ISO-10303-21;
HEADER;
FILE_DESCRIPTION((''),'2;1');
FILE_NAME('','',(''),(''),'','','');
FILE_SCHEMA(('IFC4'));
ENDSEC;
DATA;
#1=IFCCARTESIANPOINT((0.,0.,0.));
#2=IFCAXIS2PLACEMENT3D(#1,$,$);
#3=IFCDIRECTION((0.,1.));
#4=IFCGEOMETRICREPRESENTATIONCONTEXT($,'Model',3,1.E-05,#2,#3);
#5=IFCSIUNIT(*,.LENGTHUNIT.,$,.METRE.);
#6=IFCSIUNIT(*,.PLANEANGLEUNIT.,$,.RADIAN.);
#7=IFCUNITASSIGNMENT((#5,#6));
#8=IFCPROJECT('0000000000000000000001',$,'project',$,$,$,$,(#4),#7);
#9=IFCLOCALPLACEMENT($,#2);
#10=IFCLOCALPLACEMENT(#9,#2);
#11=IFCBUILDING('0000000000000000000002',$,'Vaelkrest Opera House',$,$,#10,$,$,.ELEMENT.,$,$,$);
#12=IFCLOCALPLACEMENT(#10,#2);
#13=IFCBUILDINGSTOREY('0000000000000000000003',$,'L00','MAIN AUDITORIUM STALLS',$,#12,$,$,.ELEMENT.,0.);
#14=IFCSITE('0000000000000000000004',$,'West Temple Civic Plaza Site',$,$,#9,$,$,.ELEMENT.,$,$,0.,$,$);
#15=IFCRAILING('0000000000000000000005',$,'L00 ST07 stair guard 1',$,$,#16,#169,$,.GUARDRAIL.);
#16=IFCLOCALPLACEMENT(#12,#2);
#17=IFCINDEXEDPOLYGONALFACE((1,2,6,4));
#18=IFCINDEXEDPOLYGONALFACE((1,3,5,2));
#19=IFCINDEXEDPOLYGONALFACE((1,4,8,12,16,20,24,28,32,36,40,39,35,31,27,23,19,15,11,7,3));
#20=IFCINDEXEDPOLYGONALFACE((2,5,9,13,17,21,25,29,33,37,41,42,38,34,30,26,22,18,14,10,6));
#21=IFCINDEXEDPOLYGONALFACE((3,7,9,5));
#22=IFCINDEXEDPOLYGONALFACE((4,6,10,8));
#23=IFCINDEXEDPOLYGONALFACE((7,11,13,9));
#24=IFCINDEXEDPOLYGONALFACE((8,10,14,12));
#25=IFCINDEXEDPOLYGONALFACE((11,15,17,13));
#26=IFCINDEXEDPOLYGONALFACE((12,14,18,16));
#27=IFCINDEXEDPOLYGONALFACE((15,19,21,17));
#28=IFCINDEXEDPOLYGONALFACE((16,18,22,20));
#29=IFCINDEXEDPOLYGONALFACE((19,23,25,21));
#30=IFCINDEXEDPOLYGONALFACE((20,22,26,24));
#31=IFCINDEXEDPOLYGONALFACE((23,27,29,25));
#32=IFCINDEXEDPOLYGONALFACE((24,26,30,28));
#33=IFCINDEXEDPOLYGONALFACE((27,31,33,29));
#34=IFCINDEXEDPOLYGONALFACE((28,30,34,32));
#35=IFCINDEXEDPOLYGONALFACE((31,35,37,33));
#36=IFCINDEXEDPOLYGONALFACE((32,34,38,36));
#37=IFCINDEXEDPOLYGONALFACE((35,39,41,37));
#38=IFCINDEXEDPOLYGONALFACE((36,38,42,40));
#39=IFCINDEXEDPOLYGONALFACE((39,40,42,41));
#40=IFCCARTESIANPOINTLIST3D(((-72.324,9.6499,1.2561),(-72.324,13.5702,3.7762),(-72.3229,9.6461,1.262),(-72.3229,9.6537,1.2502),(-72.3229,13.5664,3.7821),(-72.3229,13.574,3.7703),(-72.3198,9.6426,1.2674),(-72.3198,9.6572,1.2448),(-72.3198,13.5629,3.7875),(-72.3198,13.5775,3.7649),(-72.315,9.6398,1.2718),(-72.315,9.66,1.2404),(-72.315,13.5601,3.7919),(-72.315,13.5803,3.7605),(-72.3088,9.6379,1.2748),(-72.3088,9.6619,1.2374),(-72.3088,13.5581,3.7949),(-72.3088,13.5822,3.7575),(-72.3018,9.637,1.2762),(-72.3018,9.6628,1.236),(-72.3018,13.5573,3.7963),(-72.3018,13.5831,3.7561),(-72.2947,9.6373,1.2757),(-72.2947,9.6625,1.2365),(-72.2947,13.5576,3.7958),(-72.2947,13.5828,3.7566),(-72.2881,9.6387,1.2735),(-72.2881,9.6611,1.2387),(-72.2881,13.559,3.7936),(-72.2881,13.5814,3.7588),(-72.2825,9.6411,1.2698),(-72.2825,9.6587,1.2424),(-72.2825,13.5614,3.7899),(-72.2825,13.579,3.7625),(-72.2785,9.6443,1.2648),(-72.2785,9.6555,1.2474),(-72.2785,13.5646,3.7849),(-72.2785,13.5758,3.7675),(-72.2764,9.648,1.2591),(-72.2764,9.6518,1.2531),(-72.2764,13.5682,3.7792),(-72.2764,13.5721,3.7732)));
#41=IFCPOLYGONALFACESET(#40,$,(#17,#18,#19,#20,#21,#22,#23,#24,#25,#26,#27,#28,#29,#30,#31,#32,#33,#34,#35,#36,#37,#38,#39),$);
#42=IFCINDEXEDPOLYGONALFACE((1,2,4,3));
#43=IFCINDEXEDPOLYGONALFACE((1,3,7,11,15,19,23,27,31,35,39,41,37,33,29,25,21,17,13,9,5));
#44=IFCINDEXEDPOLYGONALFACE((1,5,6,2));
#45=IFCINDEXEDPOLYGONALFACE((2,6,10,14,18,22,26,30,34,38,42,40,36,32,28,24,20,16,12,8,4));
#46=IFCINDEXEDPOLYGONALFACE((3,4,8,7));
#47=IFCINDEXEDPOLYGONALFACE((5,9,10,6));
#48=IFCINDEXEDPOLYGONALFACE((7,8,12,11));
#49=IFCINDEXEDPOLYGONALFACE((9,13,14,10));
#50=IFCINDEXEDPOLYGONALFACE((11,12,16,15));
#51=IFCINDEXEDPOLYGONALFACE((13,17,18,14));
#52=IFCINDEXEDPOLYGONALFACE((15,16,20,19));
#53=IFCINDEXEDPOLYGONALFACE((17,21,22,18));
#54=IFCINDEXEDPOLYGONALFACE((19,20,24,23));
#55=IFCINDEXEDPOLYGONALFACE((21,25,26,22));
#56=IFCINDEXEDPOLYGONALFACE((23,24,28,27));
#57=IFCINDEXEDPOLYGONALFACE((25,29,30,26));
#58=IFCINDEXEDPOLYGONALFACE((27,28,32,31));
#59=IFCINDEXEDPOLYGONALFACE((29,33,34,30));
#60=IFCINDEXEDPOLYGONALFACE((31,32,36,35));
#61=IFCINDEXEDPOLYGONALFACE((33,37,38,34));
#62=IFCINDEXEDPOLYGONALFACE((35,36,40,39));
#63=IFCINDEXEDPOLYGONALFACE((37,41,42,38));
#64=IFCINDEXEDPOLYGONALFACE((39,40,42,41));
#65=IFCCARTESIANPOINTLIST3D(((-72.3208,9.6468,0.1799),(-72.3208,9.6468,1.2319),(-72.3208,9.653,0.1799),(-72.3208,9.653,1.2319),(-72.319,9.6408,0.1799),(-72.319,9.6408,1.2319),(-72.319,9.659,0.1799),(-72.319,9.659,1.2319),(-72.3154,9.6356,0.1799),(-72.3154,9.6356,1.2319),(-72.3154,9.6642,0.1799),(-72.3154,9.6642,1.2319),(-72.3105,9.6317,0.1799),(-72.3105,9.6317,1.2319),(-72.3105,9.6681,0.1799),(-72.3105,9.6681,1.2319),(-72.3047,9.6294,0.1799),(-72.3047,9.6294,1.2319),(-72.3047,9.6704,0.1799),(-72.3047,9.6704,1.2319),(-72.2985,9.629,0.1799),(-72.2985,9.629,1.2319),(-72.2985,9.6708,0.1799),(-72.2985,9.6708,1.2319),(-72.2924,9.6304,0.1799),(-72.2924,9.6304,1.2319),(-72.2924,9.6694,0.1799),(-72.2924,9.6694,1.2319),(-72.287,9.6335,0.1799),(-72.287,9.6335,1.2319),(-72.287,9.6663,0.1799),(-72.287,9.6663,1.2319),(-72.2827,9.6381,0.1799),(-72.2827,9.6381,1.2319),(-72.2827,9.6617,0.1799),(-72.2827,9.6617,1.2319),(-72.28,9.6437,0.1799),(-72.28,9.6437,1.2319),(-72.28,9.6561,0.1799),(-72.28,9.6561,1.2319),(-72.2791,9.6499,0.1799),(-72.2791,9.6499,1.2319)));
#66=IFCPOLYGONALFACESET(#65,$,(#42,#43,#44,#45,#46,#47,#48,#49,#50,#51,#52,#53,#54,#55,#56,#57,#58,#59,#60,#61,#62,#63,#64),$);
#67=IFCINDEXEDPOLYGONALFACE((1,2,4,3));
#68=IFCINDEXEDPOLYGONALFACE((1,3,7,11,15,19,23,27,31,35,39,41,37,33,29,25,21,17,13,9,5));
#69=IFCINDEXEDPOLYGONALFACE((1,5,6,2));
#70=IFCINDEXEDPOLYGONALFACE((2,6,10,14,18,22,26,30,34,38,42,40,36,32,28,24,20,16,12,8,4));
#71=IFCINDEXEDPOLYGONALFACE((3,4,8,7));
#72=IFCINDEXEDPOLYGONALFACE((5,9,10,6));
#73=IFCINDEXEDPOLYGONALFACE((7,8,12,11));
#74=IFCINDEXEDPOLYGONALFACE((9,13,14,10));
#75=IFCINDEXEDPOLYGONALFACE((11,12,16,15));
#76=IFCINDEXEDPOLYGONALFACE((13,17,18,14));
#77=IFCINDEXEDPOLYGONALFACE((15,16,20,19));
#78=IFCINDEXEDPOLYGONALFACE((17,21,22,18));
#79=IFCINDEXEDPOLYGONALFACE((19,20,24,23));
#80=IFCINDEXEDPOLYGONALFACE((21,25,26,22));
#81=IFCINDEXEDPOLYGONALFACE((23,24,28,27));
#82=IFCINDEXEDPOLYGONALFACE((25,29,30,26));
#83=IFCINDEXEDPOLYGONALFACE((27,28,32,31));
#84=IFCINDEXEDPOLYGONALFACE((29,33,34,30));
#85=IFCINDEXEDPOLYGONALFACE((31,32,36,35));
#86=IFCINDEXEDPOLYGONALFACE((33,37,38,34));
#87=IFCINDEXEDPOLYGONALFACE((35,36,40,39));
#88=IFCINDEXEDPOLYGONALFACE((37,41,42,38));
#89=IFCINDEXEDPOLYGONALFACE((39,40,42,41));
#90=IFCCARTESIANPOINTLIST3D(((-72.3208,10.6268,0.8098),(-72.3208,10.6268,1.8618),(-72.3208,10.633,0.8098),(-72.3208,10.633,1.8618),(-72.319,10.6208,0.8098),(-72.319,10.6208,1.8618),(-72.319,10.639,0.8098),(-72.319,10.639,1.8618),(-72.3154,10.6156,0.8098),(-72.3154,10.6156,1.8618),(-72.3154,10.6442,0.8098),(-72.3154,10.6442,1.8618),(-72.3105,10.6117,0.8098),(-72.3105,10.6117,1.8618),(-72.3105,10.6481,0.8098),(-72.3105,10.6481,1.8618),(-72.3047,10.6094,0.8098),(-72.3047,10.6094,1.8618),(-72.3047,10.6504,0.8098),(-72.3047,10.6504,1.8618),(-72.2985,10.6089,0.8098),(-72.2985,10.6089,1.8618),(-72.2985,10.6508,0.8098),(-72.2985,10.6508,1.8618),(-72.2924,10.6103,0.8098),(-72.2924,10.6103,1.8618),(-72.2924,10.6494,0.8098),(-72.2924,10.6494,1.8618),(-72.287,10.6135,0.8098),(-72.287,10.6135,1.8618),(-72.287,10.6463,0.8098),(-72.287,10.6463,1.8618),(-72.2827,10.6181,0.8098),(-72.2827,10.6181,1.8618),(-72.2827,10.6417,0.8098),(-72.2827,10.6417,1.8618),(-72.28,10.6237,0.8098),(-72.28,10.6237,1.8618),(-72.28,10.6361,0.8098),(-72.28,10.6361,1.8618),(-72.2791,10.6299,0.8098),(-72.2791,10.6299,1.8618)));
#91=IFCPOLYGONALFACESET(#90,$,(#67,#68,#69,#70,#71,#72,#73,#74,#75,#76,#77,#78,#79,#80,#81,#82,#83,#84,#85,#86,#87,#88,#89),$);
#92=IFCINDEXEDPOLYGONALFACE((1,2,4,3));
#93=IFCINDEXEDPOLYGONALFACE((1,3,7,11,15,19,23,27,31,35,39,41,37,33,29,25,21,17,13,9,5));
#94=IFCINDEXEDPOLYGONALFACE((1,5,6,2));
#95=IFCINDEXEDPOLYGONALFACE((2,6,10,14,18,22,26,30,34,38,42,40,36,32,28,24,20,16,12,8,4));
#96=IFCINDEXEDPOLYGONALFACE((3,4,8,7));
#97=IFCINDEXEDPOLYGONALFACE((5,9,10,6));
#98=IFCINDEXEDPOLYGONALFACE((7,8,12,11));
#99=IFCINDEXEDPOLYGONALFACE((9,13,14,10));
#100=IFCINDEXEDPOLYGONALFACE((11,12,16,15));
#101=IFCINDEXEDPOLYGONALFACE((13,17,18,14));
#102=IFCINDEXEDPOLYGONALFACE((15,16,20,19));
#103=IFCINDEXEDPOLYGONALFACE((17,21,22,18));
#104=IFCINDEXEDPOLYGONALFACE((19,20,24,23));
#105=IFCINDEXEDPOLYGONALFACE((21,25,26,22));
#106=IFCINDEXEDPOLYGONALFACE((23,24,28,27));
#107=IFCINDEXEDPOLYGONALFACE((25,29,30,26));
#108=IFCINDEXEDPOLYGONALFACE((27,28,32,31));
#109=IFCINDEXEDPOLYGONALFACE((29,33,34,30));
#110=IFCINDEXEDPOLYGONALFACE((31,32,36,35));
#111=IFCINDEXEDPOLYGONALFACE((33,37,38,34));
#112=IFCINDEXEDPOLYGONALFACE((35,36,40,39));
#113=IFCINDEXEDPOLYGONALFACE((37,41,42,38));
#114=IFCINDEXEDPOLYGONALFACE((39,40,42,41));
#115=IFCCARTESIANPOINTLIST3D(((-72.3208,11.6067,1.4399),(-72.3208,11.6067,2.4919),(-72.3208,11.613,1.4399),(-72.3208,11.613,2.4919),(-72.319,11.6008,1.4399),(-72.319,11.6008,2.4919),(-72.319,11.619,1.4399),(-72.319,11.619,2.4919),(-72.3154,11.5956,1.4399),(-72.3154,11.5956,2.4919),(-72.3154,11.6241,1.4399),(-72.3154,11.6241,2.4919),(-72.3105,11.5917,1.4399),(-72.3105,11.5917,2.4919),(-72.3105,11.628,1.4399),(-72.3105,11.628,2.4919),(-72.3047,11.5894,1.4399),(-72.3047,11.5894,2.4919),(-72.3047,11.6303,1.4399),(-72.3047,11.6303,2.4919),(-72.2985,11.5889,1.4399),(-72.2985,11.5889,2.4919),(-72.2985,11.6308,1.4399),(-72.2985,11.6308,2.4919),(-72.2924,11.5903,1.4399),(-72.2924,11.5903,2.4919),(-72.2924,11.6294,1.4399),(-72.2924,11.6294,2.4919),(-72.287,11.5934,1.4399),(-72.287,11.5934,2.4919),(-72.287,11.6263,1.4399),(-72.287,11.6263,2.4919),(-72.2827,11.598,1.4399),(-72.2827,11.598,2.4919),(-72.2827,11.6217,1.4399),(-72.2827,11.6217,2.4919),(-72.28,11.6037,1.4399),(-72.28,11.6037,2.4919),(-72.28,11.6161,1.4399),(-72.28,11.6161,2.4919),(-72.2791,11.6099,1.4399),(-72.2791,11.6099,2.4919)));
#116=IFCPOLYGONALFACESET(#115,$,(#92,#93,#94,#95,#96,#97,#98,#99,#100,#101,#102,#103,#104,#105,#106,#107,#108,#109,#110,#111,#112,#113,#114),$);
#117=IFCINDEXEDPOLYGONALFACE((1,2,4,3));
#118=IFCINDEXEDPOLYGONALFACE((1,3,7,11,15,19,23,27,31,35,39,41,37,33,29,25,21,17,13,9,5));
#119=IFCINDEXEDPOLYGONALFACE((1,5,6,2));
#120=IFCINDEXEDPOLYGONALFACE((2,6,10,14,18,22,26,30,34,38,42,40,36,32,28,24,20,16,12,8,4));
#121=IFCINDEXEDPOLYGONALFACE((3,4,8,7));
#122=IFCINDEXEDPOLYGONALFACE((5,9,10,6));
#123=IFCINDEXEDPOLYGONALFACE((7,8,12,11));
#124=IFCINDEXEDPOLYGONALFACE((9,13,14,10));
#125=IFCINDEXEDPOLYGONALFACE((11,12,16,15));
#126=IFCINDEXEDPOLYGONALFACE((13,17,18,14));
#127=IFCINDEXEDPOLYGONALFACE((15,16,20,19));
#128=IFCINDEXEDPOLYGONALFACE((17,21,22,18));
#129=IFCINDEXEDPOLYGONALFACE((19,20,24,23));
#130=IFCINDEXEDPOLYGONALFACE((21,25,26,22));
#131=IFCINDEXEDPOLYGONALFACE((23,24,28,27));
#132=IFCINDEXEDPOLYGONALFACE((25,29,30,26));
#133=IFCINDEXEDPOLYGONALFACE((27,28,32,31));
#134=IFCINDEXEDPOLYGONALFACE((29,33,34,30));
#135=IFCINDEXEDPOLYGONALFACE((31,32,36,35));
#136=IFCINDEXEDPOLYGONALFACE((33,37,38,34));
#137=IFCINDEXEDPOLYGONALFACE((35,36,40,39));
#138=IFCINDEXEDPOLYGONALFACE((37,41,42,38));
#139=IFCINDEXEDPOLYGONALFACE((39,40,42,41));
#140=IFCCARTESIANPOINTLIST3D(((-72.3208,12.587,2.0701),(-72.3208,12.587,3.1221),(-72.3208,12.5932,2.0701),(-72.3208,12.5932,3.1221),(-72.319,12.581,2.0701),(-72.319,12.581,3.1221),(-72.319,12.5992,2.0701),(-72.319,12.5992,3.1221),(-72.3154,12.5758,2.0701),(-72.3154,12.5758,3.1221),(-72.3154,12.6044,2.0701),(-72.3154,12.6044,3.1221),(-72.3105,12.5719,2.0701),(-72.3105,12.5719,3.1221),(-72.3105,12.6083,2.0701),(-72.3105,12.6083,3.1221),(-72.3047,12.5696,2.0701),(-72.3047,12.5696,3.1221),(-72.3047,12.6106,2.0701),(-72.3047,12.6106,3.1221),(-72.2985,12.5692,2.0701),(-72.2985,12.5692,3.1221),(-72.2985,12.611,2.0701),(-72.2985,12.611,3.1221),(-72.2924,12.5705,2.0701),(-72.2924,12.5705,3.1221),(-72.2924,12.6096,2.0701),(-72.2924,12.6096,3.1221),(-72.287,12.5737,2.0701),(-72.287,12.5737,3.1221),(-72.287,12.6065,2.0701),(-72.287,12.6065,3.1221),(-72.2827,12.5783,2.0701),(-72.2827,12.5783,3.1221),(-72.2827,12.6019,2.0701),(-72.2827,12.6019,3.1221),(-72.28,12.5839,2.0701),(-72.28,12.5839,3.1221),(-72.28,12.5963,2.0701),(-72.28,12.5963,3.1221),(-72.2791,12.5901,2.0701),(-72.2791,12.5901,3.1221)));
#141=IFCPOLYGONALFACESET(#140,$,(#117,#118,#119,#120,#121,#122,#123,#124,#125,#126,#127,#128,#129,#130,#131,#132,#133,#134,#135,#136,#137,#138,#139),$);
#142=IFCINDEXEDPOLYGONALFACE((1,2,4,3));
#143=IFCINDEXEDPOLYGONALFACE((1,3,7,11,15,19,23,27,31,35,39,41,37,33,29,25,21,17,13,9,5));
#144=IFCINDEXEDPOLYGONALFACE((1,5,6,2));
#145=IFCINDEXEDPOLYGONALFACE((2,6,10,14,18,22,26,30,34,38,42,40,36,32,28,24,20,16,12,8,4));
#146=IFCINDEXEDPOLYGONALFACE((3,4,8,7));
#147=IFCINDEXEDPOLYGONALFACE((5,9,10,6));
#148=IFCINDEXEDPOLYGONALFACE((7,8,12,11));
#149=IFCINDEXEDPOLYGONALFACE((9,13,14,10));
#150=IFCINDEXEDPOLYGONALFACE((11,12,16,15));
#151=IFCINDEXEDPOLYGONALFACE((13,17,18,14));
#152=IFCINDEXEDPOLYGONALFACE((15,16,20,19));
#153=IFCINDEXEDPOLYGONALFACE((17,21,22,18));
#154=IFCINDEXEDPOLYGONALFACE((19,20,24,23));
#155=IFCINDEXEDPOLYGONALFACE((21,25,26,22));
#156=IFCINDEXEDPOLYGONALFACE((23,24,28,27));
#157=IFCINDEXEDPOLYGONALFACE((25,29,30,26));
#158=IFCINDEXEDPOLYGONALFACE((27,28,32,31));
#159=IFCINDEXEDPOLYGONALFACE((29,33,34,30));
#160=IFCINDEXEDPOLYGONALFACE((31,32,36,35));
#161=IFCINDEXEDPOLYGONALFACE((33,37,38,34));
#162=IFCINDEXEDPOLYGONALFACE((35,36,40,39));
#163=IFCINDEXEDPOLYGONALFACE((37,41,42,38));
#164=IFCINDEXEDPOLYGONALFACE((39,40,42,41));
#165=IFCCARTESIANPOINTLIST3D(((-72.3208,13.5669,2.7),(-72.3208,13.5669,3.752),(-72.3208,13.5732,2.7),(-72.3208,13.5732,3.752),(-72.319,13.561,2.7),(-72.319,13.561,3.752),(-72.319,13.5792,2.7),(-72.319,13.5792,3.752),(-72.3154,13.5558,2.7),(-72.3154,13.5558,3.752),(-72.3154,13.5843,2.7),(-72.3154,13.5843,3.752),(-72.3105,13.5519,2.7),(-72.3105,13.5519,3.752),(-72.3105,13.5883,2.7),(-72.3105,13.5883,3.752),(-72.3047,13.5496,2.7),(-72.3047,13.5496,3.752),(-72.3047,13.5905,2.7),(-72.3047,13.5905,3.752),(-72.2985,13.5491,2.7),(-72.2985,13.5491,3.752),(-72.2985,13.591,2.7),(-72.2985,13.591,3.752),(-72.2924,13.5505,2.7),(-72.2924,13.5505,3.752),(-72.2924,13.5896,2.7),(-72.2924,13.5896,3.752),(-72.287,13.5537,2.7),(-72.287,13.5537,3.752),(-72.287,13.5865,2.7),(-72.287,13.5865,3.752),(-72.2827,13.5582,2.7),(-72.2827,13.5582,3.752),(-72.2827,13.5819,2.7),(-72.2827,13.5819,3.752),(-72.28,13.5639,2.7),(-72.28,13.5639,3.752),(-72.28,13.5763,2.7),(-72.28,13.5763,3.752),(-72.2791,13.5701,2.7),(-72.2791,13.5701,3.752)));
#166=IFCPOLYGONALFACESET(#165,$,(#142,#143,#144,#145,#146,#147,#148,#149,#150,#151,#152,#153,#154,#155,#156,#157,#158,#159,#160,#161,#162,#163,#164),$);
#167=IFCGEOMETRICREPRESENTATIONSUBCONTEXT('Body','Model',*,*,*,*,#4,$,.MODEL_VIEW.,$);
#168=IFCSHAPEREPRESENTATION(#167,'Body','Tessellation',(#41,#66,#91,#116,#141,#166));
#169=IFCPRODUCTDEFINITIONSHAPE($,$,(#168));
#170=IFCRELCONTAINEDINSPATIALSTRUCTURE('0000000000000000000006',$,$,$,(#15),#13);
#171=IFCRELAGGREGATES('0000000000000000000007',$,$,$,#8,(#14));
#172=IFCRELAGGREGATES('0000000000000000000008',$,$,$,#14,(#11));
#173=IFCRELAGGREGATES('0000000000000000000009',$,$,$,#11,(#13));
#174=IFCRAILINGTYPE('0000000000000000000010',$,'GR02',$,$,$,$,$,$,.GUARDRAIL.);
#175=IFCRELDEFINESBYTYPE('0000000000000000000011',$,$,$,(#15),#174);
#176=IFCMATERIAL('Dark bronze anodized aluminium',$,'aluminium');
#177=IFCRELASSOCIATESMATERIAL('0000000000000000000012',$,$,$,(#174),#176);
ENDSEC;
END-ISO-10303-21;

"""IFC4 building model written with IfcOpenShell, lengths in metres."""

from ifc_helpers import new_model, si_unit, direction, frame, origin, origin_2d, place, context, subcontext, project, spatial, circle, extrude, material, type_object, element, save


model = new_model("IFC4")

# Units and contexts
model_context = context("Model", 3, precision=1e-05, world=origin(), true_north=direction((0.0, 1.0)))
body_context = subcontext(model_context, "Body", "Model", "MODEL_VIEW")
ifc_project = project(units=[si_unit("LENGTHUNIT", "METRE"), si_unit("PLANEANGLEUNIT", "RADIAN")], contexts=[model_context])

# Site, building, storey
site_placement = place(None, origin())
site = spatial("IfcSite", under=ifc_project, at=site_placement, Name="West Temple Civic Plaza Site", CompositionType="ELEMENT", RefElevation=0.0)
building_placement = place(site_placement, origin())
building = spatial("IfcBuilding", under=site, at=building_placement, Name="Vaelkrest Opera House", CompositionType="ELEMENT")
storey_placement = place(building_placement, origin())
storey = spatial("IfcBuildingStorey", under=building, at=storey_placement, Name="L00", Description="MAIN AUDITORIUM STALLS", CompositionType="ELEMENT", Elevation=0.0)

# Shared definitions
ifc_material_1 = material(Name="Dark bronze anodized aluminium", Category="aluminium")

# Railing
railing_type_1 = type_object("IfcRailingType", Name="GR02", PredefinedType="GUARDRAIL", material=ifc_material_1)
railing_1_placement = place(storey_placement, frame((-72.3, 9.6499, 0.1799)))
element("IfcRailing", 1, at=railing_1_placement, inside=storey, type_object=railing_type_1, Name="L00 ST07 stair guard 1", PredefinedType="GUARDRAIL", context=body_context, shape_type="SweptSolid", body=[
    extrude(circle(Radius=0.0239, at=origin_2d()), frame((0.0, 0.0, 1.0762), z_axis=(0.0, 0.841187, 0.540744), x_axis=(-1.0, 0.0, 0.0)), (0.0, 0.0, 1.0), 4.6604),
    extrude(circle(Radius=0.021, at=origin_2d()), origin(), (0.0, 0.0, 1.0), 1.052),
    extrude(circle(Radius=0.021, at=origin_2d()), frame((0.0, 0.98, 0.6299)), (0.0, 0.0, 1.0), 1.052),
    extrude(circle(Radius=0.021, at=origin_2d()), frame((0.0, 1.96, 1.26)), (0.0, 0.0, 1.0), 1.052),
    extrude(circle(Radius=0.021, at=origin_2d()), frame((0.0, 2.9402, 1.8901)), (0.0, 0.0, 1.0), 1.052),
    extrude(circle(Radius=0.021, at=origin_2d()), frame((0.0, 3.9202, 2.52)), (0.0, 0.0, 1.0), 1.052),
])

save(model, "model.ifc")
